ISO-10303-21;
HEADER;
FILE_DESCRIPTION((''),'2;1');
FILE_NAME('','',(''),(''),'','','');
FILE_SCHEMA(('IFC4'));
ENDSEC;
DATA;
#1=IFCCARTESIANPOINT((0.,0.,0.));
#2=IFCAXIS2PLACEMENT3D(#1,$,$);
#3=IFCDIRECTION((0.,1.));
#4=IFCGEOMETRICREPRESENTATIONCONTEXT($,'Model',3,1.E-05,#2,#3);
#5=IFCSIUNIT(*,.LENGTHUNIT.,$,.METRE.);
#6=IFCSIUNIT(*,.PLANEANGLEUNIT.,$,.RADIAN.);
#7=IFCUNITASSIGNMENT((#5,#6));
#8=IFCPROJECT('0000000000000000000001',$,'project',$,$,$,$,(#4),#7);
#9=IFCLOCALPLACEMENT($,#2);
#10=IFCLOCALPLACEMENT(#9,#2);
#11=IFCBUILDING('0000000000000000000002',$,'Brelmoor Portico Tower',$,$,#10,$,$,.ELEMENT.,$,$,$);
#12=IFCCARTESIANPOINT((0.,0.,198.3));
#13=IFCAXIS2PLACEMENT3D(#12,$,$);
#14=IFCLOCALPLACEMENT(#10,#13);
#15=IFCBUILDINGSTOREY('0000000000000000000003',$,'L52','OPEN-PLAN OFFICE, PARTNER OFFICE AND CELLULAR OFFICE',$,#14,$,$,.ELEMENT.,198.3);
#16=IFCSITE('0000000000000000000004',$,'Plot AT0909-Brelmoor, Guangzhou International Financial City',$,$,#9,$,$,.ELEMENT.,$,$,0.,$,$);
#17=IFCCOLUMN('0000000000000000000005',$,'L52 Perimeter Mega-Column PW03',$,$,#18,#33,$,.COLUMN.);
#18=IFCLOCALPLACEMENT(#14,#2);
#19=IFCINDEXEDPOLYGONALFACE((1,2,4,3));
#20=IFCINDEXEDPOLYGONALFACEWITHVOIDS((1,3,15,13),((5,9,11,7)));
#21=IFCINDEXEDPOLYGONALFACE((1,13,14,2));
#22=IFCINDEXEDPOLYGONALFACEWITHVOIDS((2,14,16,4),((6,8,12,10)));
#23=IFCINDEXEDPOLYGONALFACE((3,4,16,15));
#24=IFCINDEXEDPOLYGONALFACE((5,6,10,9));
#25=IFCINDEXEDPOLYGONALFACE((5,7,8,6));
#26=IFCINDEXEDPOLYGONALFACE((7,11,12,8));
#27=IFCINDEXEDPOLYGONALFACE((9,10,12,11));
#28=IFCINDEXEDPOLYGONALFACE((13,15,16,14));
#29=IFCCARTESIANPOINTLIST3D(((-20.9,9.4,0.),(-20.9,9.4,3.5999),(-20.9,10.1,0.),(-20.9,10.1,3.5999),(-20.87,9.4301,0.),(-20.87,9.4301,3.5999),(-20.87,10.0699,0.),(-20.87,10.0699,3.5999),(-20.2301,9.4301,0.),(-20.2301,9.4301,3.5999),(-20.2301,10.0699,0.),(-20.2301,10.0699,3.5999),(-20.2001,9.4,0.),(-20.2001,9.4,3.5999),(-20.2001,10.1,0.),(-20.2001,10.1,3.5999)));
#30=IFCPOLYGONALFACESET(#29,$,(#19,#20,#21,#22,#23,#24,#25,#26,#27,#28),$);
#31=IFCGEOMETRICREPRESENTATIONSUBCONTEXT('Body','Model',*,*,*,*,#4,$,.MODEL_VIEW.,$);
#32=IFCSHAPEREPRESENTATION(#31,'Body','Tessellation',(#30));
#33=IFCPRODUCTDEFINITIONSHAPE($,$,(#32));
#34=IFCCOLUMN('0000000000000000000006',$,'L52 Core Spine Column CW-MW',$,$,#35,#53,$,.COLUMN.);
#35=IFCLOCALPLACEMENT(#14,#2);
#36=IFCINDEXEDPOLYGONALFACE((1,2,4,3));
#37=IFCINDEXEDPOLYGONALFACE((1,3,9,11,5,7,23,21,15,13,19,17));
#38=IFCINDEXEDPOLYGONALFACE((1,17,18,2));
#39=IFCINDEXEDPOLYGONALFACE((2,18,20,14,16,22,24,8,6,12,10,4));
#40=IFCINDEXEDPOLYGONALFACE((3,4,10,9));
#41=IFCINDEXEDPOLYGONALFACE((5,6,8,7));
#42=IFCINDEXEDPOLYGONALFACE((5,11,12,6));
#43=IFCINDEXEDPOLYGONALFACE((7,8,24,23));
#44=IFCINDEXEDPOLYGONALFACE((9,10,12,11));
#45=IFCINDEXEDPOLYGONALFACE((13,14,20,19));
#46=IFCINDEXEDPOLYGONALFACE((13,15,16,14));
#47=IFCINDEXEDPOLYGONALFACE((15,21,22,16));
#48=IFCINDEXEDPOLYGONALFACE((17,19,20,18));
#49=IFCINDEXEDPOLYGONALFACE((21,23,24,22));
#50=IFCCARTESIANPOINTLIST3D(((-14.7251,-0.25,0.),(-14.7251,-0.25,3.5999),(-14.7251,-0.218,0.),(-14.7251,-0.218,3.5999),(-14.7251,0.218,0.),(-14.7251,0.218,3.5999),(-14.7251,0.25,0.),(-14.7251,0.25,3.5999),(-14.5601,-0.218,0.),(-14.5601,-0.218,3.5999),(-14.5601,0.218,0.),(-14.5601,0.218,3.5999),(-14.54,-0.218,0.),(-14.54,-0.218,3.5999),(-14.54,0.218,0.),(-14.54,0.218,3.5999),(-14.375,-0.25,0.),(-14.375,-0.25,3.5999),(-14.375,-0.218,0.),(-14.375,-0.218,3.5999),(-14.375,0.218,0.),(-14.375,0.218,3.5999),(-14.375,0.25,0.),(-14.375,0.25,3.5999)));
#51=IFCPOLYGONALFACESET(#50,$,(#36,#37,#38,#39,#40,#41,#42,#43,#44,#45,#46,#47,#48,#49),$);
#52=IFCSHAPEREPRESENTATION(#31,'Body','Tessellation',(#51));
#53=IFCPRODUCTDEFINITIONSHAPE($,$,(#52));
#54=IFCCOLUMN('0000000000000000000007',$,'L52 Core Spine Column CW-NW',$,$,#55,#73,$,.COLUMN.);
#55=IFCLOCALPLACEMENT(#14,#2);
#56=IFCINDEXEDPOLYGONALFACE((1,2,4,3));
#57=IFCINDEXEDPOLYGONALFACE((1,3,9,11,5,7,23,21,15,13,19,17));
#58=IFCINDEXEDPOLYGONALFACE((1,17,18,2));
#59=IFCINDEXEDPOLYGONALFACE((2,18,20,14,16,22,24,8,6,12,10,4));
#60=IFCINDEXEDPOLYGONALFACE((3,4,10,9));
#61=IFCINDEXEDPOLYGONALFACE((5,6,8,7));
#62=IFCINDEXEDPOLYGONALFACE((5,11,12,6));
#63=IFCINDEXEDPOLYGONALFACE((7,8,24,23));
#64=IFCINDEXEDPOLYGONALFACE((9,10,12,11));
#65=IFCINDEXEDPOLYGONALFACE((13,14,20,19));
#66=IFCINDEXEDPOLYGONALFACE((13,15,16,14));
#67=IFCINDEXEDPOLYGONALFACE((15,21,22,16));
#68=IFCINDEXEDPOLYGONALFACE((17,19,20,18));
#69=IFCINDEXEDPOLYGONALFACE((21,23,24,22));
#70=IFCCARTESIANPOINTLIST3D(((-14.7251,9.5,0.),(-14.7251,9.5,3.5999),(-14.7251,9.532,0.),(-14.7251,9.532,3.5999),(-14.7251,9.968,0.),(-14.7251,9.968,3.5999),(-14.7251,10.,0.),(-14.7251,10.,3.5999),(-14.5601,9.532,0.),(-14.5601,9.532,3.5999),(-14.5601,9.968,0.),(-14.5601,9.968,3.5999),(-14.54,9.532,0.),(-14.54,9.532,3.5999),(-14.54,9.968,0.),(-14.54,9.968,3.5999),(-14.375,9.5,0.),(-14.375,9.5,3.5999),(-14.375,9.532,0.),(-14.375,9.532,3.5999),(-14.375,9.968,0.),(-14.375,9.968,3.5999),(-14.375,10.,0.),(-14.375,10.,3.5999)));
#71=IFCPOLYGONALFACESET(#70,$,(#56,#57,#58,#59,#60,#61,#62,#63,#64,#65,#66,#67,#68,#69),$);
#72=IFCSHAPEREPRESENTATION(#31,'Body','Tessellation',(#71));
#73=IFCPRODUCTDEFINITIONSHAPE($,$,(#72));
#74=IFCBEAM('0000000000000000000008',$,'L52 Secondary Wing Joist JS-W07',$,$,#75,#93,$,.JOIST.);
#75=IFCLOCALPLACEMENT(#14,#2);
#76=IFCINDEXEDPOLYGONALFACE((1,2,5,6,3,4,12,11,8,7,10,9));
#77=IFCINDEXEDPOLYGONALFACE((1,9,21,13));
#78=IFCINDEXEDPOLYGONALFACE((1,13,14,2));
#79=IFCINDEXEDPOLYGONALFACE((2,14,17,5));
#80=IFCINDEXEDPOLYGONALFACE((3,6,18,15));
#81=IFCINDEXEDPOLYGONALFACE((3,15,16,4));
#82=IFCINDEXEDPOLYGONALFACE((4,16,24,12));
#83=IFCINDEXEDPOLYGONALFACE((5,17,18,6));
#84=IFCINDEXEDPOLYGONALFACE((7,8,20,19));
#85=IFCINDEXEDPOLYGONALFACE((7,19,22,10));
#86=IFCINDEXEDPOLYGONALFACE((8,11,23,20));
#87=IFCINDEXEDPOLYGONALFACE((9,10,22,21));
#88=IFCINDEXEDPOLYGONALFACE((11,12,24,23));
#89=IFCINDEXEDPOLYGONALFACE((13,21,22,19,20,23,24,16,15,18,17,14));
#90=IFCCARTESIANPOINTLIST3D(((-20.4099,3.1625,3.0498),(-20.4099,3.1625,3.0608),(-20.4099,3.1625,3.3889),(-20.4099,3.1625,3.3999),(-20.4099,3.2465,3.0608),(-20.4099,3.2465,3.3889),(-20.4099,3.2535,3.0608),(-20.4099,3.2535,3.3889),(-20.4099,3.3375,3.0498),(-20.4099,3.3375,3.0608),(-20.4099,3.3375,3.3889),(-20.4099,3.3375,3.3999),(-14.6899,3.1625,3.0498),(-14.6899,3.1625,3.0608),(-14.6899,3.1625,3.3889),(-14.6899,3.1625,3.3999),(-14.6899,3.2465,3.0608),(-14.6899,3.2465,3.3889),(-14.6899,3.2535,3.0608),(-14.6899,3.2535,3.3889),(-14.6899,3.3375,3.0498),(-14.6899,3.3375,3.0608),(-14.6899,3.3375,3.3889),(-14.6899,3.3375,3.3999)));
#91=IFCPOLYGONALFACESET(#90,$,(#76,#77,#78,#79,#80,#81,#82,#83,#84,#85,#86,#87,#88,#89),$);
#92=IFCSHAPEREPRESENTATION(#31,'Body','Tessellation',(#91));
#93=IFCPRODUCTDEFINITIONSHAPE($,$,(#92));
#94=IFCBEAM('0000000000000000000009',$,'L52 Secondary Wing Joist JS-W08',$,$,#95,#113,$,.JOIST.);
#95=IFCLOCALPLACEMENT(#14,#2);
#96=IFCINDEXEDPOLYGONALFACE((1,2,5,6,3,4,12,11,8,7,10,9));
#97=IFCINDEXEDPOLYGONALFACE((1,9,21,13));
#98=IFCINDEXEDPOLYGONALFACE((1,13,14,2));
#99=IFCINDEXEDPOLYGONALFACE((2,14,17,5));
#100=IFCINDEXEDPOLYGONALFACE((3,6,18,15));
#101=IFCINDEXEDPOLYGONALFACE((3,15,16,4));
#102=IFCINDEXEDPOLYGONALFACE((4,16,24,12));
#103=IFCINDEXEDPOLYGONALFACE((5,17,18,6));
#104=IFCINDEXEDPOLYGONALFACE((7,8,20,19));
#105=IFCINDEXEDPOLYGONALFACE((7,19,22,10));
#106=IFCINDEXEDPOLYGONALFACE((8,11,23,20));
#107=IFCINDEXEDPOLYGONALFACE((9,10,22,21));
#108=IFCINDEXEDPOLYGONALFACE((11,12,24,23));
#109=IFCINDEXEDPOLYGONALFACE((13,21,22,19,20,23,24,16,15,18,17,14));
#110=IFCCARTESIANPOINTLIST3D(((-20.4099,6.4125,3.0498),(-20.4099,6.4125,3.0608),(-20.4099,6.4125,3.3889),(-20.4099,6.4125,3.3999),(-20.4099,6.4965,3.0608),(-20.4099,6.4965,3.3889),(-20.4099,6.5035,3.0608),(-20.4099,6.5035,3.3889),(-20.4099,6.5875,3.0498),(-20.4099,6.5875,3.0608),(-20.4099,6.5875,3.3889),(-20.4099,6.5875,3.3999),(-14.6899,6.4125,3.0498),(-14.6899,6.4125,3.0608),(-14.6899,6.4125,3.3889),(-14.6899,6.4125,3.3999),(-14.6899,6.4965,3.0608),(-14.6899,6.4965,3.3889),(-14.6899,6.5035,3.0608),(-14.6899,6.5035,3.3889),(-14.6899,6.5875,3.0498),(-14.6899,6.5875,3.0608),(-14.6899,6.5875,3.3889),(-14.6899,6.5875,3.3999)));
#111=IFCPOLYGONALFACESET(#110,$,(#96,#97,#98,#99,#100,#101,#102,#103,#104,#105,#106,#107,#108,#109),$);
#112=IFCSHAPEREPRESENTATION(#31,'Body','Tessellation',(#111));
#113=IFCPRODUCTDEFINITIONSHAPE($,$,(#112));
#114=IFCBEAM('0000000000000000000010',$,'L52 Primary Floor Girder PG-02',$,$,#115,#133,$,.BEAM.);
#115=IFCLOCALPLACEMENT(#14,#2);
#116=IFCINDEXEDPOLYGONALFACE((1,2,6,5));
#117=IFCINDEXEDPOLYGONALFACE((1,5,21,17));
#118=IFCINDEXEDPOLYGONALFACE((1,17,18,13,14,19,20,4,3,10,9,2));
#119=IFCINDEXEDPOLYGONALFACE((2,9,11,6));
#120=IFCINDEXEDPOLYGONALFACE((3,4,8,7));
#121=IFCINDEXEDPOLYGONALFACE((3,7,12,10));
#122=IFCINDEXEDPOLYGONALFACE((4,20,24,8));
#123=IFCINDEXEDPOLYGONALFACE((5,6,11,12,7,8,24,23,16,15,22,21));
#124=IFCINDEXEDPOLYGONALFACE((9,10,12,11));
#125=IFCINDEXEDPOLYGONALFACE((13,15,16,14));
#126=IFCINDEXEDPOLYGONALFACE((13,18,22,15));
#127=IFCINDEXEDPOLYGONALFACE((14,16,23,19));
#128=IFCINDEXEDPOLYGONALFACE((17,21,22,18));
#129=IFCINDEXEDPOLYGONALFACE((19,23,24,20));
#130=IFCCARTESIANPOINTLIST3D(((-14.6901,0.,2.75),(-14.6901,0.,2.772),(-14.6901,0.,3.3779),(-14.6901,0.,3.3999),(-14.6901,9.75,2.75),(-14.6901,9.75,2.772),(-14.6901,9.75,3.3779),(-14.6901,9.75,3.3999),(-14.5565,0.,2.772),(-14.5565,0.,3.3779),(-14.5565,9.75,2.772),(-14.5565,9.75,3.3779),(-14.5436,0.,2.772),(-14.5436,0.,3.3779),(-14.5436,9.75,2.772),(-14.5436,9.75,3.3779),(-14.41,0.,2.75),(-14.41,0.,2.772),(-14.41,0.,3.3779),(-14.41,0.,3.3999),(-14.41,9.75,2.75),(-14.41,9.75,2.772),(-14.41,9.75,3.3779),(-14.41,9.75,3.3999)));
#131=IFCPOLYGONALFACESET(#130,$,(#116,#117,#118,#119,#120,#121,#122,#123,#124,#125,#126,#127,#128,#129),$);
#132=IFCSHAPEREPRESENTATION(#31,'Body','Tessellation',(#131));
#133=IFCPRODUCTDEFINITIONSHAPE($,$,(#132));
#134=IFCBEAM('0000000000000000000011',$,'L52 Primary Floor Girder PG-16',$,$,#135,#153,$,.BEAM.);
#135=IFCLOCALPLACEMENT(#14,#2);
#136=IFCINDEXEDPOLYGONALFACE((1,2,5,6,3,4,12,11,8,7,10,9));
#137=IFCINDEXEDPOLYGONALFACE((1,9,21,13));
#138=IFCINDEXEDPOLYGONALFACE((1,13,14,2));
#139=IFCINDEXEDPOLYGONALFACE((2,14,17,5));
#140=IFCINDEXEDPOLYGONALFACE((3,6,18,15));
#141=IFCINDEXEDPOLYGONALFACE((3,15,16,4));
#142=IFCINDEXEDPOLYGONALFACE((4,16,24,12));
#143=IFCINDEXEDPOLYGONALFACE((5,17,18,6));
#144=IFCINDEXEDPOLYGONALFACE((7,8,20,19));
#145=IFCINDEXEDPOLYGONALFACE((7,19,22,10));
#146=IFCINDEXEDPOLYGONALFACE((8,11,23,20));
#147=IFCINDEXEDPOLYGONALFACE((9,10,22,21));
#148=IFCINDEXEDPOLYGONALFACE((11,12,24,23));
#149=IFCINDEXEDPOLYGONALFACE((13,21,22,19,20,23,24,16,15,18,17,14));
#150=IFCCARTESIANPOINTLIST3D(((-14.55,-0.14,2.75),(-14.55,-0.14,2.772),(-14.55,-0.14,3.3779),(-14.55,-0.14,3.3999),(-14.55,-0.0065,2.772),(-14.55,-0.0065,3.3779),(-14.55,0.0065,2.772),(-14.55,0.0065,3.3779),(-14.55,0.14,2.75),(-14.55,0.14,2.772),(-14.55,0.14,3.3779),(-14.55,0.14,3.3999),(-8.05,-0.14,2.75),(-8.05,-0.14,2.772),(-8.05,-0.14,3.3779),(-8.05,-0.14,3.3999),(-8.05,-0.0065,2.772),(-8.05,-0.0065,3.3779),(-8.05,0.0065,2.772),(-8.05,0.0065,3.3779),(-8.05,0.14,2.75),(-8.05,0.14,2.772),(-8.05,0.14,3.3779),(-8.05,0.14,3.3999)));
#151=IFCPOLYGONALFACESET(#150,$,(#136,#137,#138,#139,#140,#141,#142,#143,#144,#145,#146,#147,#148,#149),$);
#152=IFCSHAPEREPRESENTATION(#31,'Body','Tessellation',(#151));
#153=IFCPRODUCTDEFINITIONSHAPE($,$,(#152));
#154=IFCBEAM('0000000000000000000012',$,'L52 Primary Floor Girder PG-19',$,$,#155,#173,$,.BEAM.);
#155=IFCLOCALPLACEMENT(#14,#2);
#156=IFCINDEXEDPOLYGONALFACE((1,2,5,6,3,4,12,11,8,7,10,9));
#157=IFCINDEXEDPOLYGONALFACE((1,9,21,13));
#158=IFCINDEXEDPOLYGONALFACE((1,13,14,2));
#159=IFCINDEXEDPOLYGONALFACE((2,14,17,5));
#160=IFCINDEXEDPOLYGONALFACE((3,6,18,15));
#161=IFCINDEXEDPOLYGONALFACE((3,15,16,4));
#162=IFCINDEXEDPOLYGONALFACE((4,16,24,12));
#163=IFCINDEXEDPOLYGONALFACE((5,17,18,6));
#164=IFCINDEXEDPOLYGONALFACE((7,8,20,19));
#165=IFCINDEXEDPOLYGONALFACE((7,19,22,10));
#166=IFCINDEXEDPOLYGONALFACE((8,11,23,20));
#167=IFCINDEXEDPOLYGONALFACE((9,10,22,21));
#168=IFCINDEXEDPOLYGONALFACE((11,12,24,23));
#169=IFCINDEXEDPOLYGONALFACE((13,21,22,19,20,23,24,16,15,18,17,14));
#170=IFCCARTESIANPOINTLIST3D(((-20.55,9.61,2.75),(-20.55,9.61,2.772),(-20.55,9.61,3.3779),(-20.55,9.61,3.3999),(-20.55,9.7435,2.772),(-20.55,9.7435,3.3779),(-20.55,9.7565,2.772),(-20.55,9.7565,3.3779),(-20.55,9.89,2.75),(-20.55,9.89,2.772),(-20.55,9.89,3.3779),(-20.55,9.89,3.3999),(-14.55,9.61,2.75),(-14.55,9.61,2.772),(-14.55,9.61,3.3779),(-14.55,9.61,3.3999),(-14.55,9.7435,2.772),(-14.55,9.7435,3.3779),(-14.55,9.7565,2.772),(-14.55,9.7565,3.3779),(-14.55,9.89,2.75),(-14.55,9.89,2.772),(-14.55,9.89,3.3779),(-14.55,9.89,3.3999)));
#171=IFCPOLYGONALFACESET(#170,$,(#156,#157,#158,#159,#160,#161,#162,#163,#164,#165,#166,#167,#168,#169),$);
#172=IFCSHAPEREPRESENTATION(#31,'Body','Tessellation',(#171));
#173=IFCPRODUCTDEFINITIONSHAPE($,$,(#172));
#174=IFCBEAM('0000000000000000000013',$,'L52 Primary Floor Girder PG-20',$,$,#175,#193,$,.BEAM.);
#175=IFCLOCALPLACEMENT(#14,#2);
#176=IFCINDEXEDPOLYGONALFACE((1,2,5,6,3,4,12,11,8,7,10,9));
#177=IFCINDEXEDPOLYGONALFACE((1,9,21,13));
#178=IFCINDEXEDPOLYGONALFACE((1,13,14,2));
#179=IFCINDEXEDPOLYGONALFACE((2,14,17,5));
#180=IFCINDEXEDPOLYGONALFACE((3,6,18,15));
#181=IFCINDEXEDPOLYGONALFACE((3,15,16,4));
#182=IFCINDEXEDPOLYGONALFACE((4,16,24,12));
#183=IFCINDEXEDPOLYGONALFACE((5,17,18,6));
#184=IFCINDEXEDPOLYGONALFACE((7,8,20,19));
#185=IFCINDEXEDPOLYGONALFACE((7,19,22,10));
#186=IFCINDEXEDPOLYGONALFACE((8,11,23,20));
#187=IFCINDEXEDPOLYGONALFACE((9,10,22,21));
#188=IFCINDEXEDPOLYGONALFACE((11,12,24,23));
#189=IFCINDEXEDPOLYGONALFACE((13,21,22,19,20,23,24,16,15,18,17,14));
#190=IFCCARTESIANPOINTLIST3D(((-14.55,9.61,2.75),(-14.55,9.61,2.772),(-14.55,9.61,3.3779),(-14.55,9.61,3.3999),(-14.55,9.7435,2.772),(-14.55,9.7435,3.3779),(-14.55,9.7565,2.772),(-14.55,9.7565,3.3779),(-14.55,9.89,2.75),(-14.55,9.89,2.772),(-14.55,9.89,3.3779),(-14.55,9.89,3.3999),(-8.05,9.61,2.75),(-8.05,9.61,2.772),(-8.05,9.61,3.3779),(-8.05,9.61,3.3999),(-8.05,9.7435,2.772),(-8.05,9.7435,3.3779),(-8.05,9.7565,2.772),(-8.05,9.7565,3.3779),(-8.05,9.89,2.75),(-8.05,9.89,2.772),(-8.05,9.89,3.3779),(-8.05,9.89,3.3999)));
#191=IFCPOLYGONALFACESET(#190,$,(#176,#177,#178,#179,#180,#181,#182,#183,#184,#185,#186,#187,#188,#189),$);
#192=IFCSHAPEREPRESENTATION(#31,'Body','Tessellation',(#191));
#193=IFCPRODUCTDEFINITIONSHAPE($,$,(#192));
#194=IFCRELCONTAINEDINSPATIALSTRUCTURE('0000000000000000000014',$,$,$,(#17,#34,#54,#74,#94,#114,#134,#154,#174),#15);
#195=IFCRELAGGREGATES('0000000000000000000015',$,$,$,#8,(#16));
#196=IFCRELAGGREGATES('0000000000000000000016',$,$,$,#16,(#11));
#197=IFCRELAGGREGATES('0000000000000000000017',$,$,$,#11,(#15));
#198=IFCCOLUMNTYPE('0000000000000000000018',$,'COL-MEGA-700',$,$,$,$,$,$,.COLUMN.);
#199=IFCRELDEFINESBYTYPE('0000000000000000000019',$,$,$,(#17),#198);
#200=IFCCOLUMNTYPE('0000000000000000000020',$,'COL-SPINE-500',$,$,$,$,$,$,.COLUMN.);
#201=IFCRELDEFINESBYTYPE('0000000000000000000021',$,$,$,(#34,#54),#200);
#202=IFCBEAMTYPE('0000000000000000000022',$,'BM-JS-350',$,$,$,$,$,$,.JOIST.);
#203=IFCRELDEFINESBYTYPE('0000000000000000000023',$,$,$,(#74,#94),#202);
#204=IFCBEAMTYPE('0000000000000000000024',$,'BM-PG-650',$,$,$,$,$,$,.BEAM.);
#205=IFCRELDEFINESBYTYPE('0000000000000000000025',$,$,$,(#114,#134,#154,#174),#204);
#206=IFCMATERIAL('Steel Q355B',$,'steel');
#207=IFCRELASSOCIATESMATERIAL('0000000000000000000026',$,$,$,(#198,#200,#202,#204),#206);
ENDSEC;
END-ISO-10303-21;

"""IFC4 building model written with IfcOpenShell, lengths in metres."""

from ifc_helpers import new_model, si_unit, direction, frame, origin, origin_2d, place, context, subcontext, project, spatial, hollow_rectangle, i_section, extrude, material, material_profile, profile_set, type_object, element, save


model = new_model("IFC4")

# Units and contexts
model_context = context("Model", 3, precision=1e-05, world=origin(), true_north=direction((0.0, 1.0)))
body_context = subcontext(model_context, "Body", "Model", "MODEL_VIEW")
ifc_project = project(units=[si_unit("LENGTHUNIT", "METRE"), si_unit("PLANEANGLEUNIT", "RADIAN")], contexts=[model_context])

# Site, building, storey
site_placement = place(None, origin())
site = spatial("IfcSite", under=ifc_project, at=site_placement, Name="Plot AT0909-Brelmoor, Guangzhou International Financial City", CompositionType="ELEMENT", RefElevation=0.0)
building_placement = place(site_placement, origin())
building = spatial("IfcBuilding", under=site, at=building_placement, Name="Brelmoor Portico Tower", CompositionType="ELEMENT")
storey_placement = place(building_placement, frame((0.0, 0.0, 198.3)))
storey = spatial("IfcBuildingStorey", under=building, at=storey_placement, Name="L52", Description="OPEN-PLAN OFFICE, PARTNER OFFICE AND CELLULAR OFFICE", CompositionType="ELEMENT", Elevation=198.3)

# Columns
ifc_material_1 = material(Name="Steel Q355B", Category="steel")
ifc_material_profile_1 = material_profile(ifc_material_1, hollow_rectangle(XDim=0.7, YDim=0.7, WallThickness=0.03, at=origin_2d()), Name="BOX 700x700x30")
ifc_profile_set_1 = profile_set([ifc_material_profile_1], Name="Steel Q355B")
column_type_1 = type_object("IfcColumnType", Name="COL-MEGA-700", PredefinedType="COLUMN", material=ifc_profile_set_1)
column_placement = place(storey_placement, frame((-20.55, 9.75, 0.0), z_axis=(0.0, 0.0, 1.0), x_axis=(0.0, 1.0, 0.0)))
element("IfcColumn", 1, at=column_placement, inside=storey, type_object=column_type_1, Name="L52 Perimeter Mega-Column PW03", PredefinedType="COLUMN", context=body_context, shape_type="SweptSolid", body=[
    extrude(hollow_rectangle(XDim=0.7, YDim=0.7, WallThickness=0.03, at=origin_2d()), origin(), (0.0, 0.0, 1.0), 3.5999),
])
ifc_material_profile_2 = material_profile(ifc_material_1, i_section(OverallWidth=0.3501, OverallDepth=0.5, WebThickness=0.02, FlangeThickness=0.032, at=origin_2d()), Name="HW 500x350x20x32")
ifc_profile_set_2 = profile_set([ifc_material_profile_2], Name="Steel Q355B")
column_type_2 = type_object("IfcColumnType", Name="COL-SPINE-500", PredefinedType="COLUMN", material=ifc_profile_set_2)
for number, where, z_axis, x_axis, name in (
    (2, (-14.55, 0.0, 0.0), (0.0, 0.0, 1.0), (1.0, 0.0, 0.0), "L52 Core Spine Column CW-MW"),
    (3, (-14.55, 9.75, 0.0), (0.0, 0.0, 1.0), (1.0, 0.0, 0.0), "L52 Core Spine Column CW-NW"),
):
    element("IfcColumn", number, at=place(storey_placement, frame(where, z_axis=z_axis, x_axis=x_axis)), inside=storey, type_object=column_type_2, Name=name, PredefinedType="COLUMN", context=body_context, shape_type="SweptSolid", body=[
        extrude(i_section(OverallWidth=0.3501, OverallDepth=0.5, WebThickness=0.02, FlangeThickness=0.032, at=origin_2d()), origin(), (0.0, 0.0, 1.0), 3.5999),
    ])

# Beams
ifc_material_profile_3 = material_profile(ifc_material_1, i_section(OverallWidth=0.175, OverallDepth=0.3501, WebThickness=0.0071, FlangeThickness=0.011, at=origin_2d()), Name="HN 350x175x7x11")
ifc_profile_set_3 = profile_set([ifc_material_profile_3], Name="Steel Q355B")
beam_type_1 = type_object("IfcBeamType", Name="BM-JS-350", PredefinedType="JOIST", material=ifc_profile_set_3)
for number, where, z_axis, x_axis, name in (
    (4, (-20.4099, 3.25, 3.2249), (1.0, 0.0, 0.0), (0.0, 1.0, 0.0), "L52 Secondary Wing Joist JS-W07"),
    (5, (-20.4099, 6.5, 3.2249), (1.0, 0.0, 0.0), (0.0, 1.0, 0.0), "L52 Secondary Wing Joist JS-W08"),
):
    element("IfcBeam", number, at=place(storey_placement, frame(where, z_axis=z_axis, x_axis=x_axis)), inside=storey, type_object=beam_type_1, Name=name, PredefinedType="JOIST", context=body_context, shape_type="SweptSolid", body=[
        extrude(i_section(OverallWidth=0.175, OverallDepth=0.3501, WebThickness=0.0071, FlangeThickness=0.011, at=origin_2d()), origin(), (0.0, 0.0, 1.0), 5.72),
    ])
ifc_material_profile_4 = material_profile(ifc_material_1, i_section(OverallWidth=0.28, OverallDepth=0.6499, WebThickness=0.0129, FlangeThickness=0.022, at=origin_2d()), Name="HN 650x280x13x22")
ifc_profile_set_4 = profile_set([ifc_material_profile_4], Name="Steel Q355B")
beam_type_2 = type_object("IfcBeamType", Name="BM-PG-650", PredefinedType="BEAM", material=ifc_profile_set_4)
beam_1_placement = place(storey_placement, frame((-14.55, 0.0, 3.075), z_axis=(0.0, 1.0, 0.0), x_axis=(-1.0, 0.0, 0.0)))
element("IfcBeam", 6, at=beam_1_placement, inside=storey, type_object=beam_type_2, Name="L52 Primary Floor Girder PG-02", PredefinedType="BEAM", context=body_context, shape_type="SweptSolid", body=[
    extrude(i_section(OverallWidth=0.28, OverallDepth=0.6499, WebThickness=0.0129, FlangeThickness=0.022, at=origin_2d()), origin(), (0.0, 0.0, 1.0), 9.75),
])
beam_2_placement = place(storey_placement, frame((-14.55, 0.0, 3.075), z_axis=(1.0, 0.0, 0.0), x_axis=(0.0, 1.0, 0.0)))
element("IfcBeam", 7, at=beam_2_placement, inside=storey, type_object=beam_type_2, Name="L52 Primary Floor Girder PG-16", PredefinedType="BEAM", context=body_context, shape_type="SweptSolid", body=[
    extrude(i_section(OverallWidth=0.28, OverallDepth=0.6499, WebThickness=0.0129, FlangeThickness=0.022, at=origin_2d()), origin(), (0.0, 0.0, 1.0), 6.5),
])
beam_3_placement = place(storey_placement, frame((-20.55, 9.75, 3.075), z_axis=(1.0, 0.0, 0.0), x_axis=(0.0, 1.0, 0.0)))
element("IfcBeam", 8, at=beam_3_placement, inside=storey, type_object=beam_type_2, Name="L52 Primary Floor Girder PG-19", PredefinedType="BEAM", context=body_context, shape_type="SweptSolid", body=[
    extrude(i_section(OverallWidth=0.28, OverallDepth=0.6499, WebThickness=0.0129, FlangeThickness=0.022, at=origin_2d()), origin(), (0.0, 0.0, 1.0), 6.0),
])
beam_4_placement = place(storey_placement, frame((-14.55, 9.75, 3.075), z_axis=(1.0, 0.0, 0.0), x_axis=(0.0, 1.0, 0.0)))
element("IfcBeam", 9, at=beam_4_placement, inside=storey, type_object=beam_type_2, Name="L52 Primary Floor Girder PG-20", PredefinedType="BEAM", context=body_context, shape_type="SweptSolid", body=[
    extrude(i_section(OverallWidth=0.28, OverallDepth=0.6499, WebThickness=0.0129, FlangeThickness=0.022, at=origin_2d()), origin(), (0.0, 0.0, 1.0), 6.5),
])

save(model, "model.ifc")
